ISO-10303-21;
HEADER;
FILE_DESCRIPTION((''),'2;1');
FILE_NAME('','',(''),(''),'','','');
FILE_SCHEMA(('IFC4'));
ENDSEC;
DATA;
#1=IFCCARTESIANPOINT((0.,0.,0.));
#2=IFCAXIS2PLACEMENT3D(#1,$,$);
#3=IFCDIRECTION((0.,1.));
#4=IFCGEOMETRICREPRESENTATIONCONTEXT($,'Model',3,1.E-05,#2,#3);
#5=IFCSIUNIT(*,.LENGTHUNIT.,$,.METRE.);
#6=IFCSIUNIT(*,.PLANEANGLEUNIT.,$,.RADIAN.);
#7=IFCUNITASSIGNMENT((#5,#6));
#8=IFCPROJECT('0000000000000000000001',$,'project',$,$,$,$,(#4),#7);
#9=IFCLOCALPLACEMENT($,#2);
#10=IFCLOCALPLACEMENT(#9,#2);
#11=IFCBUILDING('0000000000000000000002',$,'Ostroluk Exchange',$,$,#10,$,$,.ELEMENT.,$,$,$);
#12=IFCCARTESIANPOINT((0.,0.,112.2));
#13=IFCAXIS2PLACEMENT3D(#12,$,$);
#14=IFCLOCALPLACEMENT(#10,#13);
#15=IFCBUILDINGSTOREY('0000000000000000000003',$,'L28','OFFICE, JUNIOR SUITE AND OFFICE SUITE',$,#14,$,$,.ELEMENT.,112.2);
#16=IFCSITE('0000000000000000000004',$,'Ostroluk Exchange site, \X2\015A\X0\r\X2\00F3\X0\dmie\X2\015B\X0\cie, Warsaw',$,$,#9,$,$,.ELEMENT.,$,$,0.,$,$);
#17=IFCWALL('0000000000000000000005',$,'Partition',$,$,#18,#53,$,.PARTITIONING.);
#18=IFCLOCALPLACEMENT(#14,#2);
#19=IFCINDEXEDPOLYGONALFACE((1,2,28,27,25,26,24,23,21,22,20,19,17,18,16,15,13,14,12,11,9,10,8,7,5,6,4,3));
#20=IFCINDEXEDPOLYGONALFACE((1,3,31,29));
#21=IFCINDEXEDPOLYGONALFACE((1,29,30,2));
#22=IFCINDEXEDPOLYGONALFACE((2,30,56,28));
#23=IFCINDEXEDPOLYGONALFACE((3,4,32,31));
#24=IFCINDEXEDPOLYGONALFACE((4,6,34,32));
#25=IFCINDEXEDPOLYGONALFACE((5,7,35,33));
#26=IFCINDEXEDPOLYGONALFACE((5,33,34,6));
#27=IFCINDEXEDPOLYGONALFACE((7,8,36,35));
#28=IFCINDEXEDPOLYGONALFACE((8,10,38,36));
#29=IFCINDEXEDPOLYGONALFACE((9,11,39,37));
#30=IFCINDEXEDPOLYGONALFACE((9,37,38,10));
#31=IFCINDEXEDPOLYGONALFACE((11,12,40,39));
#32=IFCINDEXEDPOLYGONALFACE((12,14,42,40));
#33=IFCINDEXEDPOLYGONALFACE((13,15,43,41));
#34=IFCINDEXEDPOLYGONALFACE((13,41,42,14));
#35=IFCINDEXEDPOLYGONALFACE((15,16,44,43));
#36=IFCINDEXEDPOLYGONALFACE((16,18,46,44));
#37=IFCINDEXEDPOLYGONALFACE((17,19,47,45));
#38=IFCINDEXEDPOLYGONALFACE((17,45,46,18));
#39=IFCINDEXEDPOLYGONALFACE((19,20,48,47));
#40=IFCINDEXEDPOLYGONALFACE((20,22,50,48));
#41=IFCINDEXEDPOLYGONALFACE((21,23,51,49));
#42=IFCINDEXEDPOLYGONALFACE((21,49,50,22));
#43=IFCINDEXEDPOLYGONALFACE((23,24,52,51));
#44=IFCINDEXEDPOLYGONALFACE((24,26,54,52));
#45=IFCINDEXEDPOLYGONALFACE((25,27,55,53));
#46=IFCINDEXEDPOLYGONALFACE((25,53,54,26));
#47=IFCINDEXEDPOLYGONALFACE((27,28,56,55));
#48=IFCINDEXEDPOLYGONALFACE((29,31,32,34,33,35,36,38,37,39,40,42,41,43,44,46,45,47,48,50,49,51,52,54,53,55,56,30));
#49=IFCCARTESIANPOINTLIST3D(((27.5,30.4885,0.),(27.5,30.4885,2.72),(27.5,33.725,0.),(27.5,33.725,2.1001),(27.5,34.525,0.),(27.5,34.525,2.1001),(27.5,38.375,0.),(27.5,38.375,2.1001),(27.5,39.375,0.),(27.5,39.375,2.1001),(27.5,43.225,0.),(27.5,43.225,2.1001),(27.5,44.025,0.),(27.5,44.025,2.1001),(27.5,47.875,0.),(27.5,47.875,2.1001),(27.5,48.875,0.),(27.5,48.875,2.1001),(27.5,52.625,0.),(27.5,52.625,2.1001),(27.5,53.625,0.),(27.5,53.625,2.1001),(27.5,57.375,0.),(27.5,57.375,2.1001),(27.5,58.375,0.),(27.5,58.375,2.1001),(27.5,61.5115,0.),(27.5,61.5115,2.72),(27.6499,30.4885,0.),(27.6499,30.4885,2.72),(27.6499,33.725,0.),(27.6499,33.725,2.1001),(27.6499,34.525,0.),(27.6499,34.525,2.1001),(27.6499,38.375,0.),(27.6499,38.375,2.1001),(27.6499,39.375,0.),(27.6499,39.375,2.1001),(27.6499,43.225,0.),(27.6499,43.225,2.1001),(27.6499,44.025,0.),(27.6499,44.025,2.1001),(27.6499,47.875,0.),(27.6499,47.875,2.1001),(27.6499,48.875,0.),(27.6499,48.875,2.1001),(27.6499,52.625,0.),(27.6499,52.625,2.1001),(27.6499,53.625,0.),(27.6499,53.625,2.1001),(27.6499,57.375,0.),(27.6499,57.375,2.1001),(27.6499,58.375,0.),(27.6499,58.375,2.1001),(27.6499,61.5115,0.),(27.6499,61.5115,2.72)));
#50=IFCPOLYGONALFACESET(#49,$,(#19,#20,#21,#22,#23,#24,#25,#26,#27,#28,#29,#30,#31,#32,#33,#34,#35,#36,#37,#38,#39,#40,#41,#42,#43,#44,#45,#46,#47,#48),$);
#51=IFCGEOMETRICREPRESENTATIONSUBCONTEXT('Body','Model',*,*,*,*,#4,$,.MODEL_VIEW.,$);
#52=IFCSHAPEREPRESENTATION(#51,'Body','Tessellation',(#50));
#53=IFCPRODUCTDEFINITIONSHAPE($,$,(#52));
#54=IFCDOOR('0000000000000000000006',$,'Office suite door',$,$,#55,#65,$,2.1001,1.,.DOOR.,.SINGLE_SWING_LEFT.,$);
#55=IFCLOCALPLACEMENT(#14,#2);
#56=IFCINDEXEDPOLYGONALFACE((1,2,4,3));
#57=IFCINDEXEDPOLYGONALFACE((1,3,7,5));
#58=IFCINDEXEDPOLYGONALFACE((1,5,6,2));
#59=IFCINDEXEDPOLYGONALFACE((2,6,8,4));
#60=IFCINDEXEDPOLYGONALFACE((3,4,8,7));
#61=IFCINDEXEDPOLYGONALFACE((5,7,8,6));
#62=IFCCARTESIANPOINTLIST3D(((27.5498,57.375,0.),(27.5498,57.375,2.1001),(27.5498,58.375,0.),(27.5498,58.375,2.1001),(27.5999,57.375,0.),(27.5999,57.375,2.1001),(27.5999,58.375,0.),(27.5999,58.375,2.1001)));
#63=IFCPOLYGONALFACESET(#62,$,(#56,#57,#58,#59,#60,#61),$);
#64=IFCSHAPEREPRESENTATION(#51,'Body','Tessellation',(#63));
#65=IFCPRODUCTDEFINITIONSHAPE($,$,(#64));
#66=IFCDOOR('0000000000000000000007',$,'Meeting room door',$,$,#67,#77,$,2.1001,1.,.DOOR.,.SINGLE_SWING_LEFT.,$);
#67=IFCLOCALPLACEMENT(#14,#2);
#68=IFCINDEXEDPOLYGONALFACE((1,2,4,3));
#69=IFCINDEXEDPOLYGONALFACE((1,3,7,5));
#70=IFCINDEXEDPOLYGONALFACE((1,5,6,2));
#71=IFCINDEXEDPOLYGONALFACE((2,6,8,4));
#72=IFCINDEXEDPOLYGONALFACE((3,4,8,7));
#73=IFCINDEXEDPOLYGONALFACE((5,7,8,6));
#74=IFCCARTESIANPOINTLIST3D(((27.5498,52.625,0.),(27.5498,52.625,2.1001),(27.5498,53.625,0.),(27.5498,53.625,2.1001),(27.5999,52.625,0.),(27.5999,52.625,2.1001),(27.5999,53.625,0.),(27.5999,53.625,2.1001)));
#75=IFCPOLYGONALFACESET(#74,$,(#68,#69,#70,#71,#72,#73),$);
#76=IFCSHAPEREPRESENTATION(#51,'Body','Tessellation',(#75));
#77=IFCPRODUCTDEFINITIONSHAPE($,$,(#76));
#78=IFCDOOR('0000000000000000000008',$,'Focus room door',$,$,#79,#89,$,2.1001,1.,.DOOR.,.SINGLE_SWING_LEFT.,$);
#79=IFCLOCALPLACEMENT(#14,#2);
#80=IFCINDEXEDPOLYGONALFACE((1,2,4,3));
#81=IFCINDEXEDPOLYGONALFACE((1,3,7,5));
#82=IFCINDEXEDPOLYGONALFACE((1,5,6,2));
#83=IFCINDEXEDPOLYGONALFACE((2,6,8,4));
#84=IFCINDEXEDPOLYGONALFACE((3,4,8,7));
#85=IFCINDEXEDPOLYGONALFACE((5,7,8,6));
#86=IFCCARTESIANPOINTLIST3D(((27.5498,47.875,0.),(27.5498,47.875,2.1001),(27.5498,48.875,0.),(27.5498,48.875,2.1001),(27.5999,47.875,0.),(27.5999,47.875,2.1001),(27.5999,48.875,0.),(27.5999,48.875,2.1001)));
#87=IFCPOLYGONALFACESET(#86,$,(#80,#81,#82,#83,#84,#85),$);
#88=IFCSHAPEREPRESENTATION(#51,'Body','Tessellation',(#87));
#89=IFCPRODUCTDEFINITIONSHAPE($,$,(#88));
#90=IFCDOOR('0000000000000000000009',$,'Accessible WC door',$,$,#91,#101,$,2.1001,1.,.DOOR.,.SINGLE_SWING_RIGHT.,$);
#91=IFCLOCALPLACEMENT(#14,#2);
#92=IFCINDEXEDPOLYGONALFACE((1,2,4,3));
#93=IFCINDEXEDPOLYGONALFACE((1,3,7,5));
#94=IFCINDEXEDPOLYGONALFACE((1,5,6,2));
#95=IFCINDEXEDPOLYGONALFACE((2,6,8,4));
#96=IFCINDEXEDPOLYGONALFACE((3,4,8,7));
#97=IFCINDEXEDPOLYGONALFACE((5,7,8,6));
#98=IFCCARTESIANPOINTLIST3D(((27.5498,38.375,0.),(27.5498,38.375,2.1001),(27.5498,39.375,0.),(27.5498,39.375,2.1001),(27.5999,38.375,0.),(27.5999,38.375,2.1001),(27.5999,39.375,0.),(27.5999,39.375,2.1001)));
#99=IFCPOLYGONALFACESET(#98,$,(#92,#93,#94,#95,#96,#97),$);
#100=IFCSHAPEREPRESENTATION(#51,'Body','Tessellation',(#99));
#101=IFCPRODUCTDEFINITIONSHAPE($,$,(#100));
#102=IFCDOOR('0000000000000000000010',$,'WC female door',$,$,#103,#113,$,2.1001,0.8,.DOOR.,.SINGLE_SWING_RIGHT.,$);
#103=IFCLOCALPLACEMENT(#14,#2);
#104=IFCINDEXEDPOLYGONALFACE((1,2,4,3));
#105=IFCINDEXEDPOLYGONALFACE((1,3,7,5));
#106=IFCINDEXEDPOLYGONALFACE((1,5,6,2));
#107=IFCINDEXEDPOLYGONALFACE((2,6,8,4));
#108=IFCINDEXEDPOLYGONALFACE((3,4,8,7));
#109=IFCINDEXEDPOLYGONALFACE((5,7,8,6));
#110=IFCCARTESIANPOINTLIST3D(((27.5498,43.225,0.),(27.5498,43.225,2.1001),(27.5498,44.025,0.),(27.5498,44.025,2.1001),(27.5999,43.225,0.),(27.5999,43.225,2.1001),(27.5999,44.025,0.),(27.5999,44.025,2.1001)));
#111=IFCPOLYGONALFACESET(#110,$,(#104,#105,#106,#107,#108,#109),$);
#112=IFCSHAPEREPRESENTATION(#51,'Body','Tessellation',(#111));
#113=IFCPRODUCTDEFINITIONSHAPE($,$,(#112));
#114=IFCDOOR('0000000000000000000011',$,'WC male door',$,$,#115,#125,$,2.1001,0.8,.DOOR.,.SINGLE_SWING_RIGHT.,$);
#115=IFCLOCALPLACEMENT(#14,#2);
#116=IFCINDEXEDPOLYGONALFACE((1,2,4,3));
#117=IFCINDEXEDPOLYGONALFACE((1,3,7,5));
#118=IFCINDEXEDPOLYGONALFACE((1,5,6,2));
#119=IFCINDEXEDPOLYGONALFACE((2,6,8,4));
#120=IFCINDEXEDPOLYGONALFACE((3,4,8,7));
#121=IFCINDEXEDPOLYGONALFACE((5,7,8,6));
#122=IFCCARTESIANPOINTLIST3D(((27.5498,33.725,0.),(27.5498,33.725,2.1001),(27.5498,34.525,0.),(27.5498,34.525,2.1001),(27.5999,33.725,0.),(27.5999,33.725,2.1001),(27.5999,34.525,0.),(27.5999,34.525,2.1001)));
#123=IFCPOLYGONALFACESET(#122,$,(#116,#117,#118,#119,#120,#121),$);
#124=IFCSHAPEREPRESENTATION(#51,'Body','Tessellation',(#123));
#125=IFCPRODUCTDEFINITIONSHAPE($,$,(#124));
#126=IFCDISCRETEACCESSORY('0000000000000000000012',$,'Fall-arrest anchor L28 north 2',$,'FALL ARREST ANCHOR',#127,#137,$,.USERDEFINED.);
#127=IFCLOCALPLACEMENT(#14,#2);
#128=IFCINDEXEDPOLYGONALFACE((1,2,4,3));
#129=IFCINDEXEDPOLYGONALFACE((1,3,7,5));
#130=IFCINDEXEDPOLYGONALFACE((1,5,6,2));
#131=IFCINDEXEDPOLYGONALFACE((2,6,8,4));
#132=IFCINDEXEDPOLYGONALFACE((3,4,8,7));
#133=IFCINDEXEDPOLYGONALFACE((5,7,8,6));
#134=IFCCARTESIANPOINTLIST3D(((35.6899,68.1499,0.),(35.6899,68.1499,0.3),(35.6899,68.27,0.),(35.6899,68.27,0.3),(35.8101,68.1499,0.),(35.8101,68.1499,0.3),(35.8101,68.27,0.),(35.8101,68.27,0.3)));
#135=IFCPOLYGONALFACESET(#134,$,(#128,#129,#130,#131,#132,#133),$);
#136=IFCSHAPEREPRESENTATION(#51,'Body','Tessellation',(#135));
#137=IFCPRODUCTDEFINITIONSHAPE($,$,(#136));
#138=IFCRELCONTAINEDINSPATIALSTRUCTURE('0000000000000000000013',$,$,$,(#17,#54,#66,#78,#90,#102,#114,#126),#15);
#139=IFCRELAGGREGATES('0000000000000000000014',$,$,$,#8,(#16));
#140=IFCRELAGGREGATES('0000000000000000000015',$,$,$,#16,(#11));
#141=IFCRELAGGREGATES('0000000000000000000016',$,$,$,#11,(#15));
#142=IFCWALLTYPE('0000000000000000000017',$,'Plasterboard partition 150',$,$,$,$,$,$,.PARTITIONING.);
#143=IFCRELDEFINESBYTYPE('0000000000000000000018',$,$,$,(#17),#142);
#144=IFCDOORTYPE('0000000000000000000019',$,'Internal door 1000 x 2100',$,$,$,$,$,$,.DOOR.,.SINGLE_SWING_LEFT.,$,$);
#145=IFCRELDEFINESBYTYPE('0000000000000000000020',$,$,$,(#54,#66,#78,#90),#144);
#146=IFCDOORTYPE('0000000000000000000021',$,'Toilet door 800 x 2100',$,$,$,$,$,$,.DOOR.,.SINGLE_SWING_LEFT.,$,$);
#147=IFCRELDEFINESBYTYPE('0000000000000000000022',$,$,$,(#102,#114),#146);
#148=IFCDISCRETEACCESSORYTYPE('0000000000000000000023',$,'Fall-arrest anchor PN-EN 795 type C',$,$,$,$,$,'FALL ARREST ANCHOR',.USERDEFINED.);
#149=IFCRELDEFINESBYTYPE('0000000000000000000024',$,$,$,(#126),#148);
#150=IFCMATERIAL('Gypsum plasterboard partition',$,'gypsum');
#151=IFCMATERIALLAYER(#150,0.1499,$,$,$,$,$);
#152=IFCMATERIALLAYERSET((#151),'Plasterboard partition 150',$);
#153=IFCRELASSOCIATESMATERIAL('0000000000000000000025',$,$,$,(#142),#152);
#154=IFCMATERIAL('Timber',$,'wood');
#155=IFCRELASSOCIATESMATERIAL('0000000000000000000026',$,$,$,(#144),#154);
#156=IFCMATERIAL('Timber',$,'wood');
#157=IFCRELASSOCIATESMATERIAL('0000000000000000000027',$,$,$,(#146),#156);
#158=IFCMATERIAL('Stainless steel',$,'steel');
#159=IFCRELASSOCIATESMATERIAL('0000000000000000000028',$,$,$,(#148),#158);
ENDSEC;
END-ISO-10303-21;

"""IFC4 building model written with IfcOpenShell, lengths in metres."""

from ifc_helpers import new_model, si_unit, direction, frame, frame_2d, origin, origin_2d, place, context, subcontext, project, spatial, rectangle, extrude, material, layer, layer_set, type_object, element, fill, save


model = new_model("IFC4")

# Units and contexts
model_context = context("Model", 3, precision=1e-05, world=origin(), true_north=direction((0.0, 1.0)))
body_context = subcontext(model_context, "Body", "Model", "MODEL_VIEW")
ifc_project = project(units=[si_unit("LENGTHUNIT", "METRE"), si_unit("PLANEANGLEUNIT", "RADIAN")], contexts=[model_context])

# Site, building, storey
site_placement = place(None, origin())
site = spatial("IfcSite", under=ifc_project, at=site_placement, Name="Ostroluk Exchange site, Śródmieście, Warsaw", CompositionType="ELEMENT", RefElevation=0.0)
building_placement = place(site_placement, origin())
building = spatial("IfcBuilding", under=site, at=building_placement, Name="Ostroluk Exchange", CompositionType="ELEMENT")
storey_placement = place(building_placement, frame((0.0, 0.0, 112.2)))
storey = spatial("IfcBuildingStorey", under=building, at=storey_placement, Name="L28", Description="OFFICE, JUNIOR SUITE AND OFFICE SUITE", CompositionType="ELEMENT", Elevation=112.2)

# Shared definitions
ifc_material_1 = material(Name="Gypsum plasterboard partition", Category="gypsum")
ifc_layer_1 = layer(ifc_material_1, 0.1499)
ifc_layer_set_1 = layer_set([ifc_layer_1], Name="Plasterboard partition 150")
wall_type = type_object("IfcWallType", Name="Plasterboard partition 150", PredefinedType="PARTITIONING", material=ifc_layer_set_1)
ifc_material_2 = material(Name="Timber", Category="wood")
door_type_1 = type_object("IfcDoorType", Name="Internal door 1000 x 2100", OperationType="SINGLE_SWING_LEFT", PredefinedType="DOOR", material=ifc_material_2)

# Wall, openings, doors
wall_1_placement = place(storey_placement, frame((27.575, 61.5115, 0.0), z_axis=(0.0, 0.0, 1.0), x_axis=(0.0, -1.0, 0.0)))
wall_1 = element("IfcWall", 1, at=wall_1_placement, inside=storey, type_object=wall_type, Name="Partition", PredefinedType="PARTITIONING", context=body_context, shape_type="SweptSolid", body=[
    extrude(rectangle(XDim=31.0229, YDim=0.1499, at=frame_2d((15.5115, 0.0))), origin(), (0.0, 0.0, 1.0), 2.72),
])
opening_1_placement = place(wall_1_placement, frame((3.1365, 0.0, 0.0)))
opening_1 = element("IfcOpeningElement", 2, at=opening_1_placement, cuts=wall_1, PredefinedType="OPENING", context=body_context, shape_type="SweptSolid", body=[
    extrude(rectangle(XDim=1.0, YDim=2.1001, at=frame_2d((0.5, 1.05))), frame((0.0, 0.085, 0.0), z_axis=(0.0, -1.0, 0.0), x_axis=(1.0, 0.0, 0.0)), (0.0, 0.0, 1.0), 0.1699),
])
opening_2_placement = place(wall_1_placement, frame((7.8865, 0.0, 0.0)))
opening_2 = element("IfcOpeningElement", 3, at=opening_2_placement, cuts=wall_1, PredefinedType="OPENING", context=body_context, shape_type="SweptSolid", body=[
    extrude(rectangle(XDim=1.0, YDim=2.1001, at=frame_2d((0.5, 1.05))), frame((0.0, 0.085, 0.0), z_axis=(0.0, -1.0, 0.0), x_axis=(1.0, 0.0, 0.0)), (0.0, 0.0, 1.0), 0.1699),
])
opening_3_placement = place(wall_1_placement, frame((12.6365, 0.0, 0.0)))
opening_3 = element("IfcOpeningElement", 4, at=opening_3_placement, cuts=wall_1, PredefinedType="OPENING", context=body_context, shape_type="SweptSolid", body=[
    extrude(rectangle(XDim=1.0, YDim=2.1001, at=frame_2d((0.5, 1.05))), frame((0.0, 0.085, 0.0), z_axis=(0.0, -1.0, 0.0), x_axis=(1.0, 0.0, 0.0)), (0.0, 0.0, 1.0), 0.1699),
])
opening_4_placement = place(wall_1_placement, frame((17.4866, 0.0, 0.0)))
opening_4 = element("IfcOpeningElement", 5, at=opening_4_placement, cuts=wall_1, PredefinedType="OPENING", context=body_context, shape_type="SweptSolid", body=[
    extrude(rectangle(XDim=0.8, YDim=2.1001, at=frame_2d((0.3999, 1.05))), frame((0.0, 0.085, 0.0), z_axis=(0.0, -1.0, 0.0), x_axis=(1.0, 0.0, 0.0)), (0.0, 0.0, 1.0), 0.1699),
])
opening_5_placement = place(wall_1_placement, frame((22.1365, 0.0, 0.0)))
opening_5 = element("IfcOpeningElement", 6, at=opening_5_placement, cuts=wall_1, PredefinedType="OPENING", context=body_context, shape_type="SweptSolid", body=[
    extrude(rectangle(XDim=1.0, YDim=2.1001, at=frame_2d((0.5, 1.05))), frame((0.0, 0.085, 0.0), z_axis=(0.0, -1.0, 0.0), x_axis=(1.0, 0.0, 0.0)), (0.0, 0.0, 1.0), 0.1699),
])
opening_6_placement = place(wall_1_placement, frame((26.9866, 0.0, 0.0)))
opening_6 = element("IfcOpeningElement", 7, at=opening_6_placement, cuts=wall_1, PredefinedType="OPENING", context=body_context, shape_type="SweptSolid", body=[
    extrude(rectangle(XDim=0.8, YDim=2.1001, at=frame_2d((0.3999, 1.05))), frame((0.0, 0.085, 0.0), z_axis=(0.0, -1.0, 0.0), x_axis=(1.0, 0.0, 0.0)), (0.0, 0.0, 1.0), 0.1699),
])
door_1_placement = place(opening_1_placement, origin())
door_1 = element("IfcDoor", 8, at=door_1_placement, inside=storey, type_object=door_type_1, Name="Office suite door", OperationType="SINGLE_SWING_LEFT", OverallHeight=2.1001, OverallWidth=1.0, PredefinedType="DOOR", context=body_context, shape_type="SweptSolid", body=[
    extrude(rectangle(XDim=1.0, YDim=2.1001, at=frame_2d((0.5, 1.05))), frame((0.0, 0.0249, 0.0), z_axis=(0.0, -1.0, 0.0), x_axis=(1.0, 0.0, 0.0)), (0.0, 0.0, 1.0), 0.05),
])
fill(opening_1, door_1)
door_2_placement = place(opening_2_placement, origin())
door_2 = element("IfcDoor", 9, at=door_2_placement, inside=storey, type_object=door_type_1, Name="Meeting room door", OperationType="SINGLE_SWING_LEFT", OverallHeight=2.1001, OverallWidth=1.0, PredefinedType="DOOR", context=body_context, shape_type="SweptSolid", body=[
    extrude(rectangle(XDim=1.0, YDim=2.1001, at=frame_2d((0.5, 1.05))), frame((0.0, 0.0249, 0.0), z_axis=(0.0, -1.0, 0.0), x_axis=(1.0, 0.0, 0.0)), (0.0, 0.0, 1.0), 0.05),
])
fill(opening_2, door_2)
door_3_placement = place(opening_3_placement, origin())
door_3 = element("IfcDoor", 10, at=door_3_placement, inside=storey, type_object=door_type_1, Name="Focus room door", OperationType="SINGLE_SWING_LEFT", OverallHeight=2.1001, OverallWidth=1.0, PredefinedType="DOOR", context=body_context, shape_type="SweptSolid", body=[
    extrude(rectangle(XDim=1.0, YDim=2.1001, at=frame_2d((0.5, 1.05))), frame((0.0, 0.0249, 0.0), z_axis=(0.0, -1.0, 0.0), x_axis=(1.0, 0.0, 0.0)), (0.0, 0.0, 1.0), 0.05),
])
fill(opening_3, door_3)
door_4_placement = place(opening_5_placement, origin())
door_4 = element("IfcDoor", 11, at=door_4_placement, inside=storey, type_object=door_type_1, Name="Accessible WC door", OperationType="SINGLE_SWING_RIGHT", OverallHeight=2.1001, OverallWidth=1.0, PredefinedType="DOOR", context=body_context, shape_type="SweptSolid", body=[
    extrude(rectangle(XDim=1.0, YDim=2.1001, at=frame_2d((0.5, 1.05))), frame((0.0, 0.0249, 0.0), z_axis=(0.0, -1.0, 0.0), x_axis=(1.0, 0.0, 0.0)), (0.0, 0.0, 1.0), 0.05),
])
fill(opening_5, door_4)
ifc_material_3 = material(Name="Timber", Category="wood")
door_type_2 = type_object("IfcDoorType", Name="Toilet door 800 x 2100", OperationType="SINGLE_SWING_LEFT", PredefinedType="DOOR", material=ifc_material_3)
door_5_placement = place(opening_4_placement, origin())
door_5 = element("IfcDoor", 12, at=door_5_placement, inside=storey, type_object=door_type_2, Name="WC female door", OperationType="SINGLE_SWING_RIGHT", OverallHeight=2.1001, OverallWidth=0.8, PredefinedType="DOOR", context=body_context, shape_type="SweptSolid", body=[
    extrude(rectangle(XDim=0.8, YDim=2.1001, at=frame_2d((0.3999, 1.05))), frame((0.0, 0.0249, 0.0), z_axis=(0.0, -1.0, 0.0), x_axis=(1.0, 0.0, 0.0)), (0.0, 0.0, 1.0), 0.05),
])
fill(opening_4, door_5)
door_6_placement = place(opening_6_placement, origin())
door_6 = element("IfcDoor", 13, at=door_6_placement, inside=storey, type_object=door_type_2, Name="WC male door", OperationType="SINGLE_SWING_RIGHT", OverallHeight=2.1001, OverallWidth=0.8, PredefinedType="DOOR", context=body_context, shape_type="SweptSolid", body=[
    extrude(rectangle(XDim=0.8, YDim=2.1001, at=frame_2d((0.3999, 1.05))), frame((0.0, 0.0249, 0.0), z_axis=(0.0, -1.0, 0.0), x_axis=(1.0, 0.0, 0.0)), (0.0, 0.0, 1.0), 0.05),
])
fill(opening_6, door_6)

# Discrete accessory
ifc_material_4 = material(Name="Stainless steel", Category="steel")
discrete_accessory_type = type_object("IfcDiscreteAccessoryType", Name="Fall-arrest anchor PN-EN 795 type C", ElementType="FALL ARREST ANCHOR", PredefinedType="USERDEFINED", material=ifc_material_4)
discrete_accessory_placement = place(storey_placement, frame((35.75, 68.21, 0.0), z_axis=(0.0, 0.0, 1.0), x_axis=(1.0, 0.0, 0.0)))
element("IfcDiscreteAccessory", 14, at=discrete_accessory_placement, inside=storey, type_object=discrete_accessory_type, Name="Fall-arrest anchor L28 north 2", ObjectType="FALL ARREST ANCHOR", PredefinedType="USERDEFINED", context=body_context, shape_type="SweptSolid", body=[
    extrude(rectangle(XDim=0.1201, YDim=0.1201, at=origin_2d()), origin(), (0.0, 0.0, 1.0), 0.3),
])

save(model, "model.ifc")
